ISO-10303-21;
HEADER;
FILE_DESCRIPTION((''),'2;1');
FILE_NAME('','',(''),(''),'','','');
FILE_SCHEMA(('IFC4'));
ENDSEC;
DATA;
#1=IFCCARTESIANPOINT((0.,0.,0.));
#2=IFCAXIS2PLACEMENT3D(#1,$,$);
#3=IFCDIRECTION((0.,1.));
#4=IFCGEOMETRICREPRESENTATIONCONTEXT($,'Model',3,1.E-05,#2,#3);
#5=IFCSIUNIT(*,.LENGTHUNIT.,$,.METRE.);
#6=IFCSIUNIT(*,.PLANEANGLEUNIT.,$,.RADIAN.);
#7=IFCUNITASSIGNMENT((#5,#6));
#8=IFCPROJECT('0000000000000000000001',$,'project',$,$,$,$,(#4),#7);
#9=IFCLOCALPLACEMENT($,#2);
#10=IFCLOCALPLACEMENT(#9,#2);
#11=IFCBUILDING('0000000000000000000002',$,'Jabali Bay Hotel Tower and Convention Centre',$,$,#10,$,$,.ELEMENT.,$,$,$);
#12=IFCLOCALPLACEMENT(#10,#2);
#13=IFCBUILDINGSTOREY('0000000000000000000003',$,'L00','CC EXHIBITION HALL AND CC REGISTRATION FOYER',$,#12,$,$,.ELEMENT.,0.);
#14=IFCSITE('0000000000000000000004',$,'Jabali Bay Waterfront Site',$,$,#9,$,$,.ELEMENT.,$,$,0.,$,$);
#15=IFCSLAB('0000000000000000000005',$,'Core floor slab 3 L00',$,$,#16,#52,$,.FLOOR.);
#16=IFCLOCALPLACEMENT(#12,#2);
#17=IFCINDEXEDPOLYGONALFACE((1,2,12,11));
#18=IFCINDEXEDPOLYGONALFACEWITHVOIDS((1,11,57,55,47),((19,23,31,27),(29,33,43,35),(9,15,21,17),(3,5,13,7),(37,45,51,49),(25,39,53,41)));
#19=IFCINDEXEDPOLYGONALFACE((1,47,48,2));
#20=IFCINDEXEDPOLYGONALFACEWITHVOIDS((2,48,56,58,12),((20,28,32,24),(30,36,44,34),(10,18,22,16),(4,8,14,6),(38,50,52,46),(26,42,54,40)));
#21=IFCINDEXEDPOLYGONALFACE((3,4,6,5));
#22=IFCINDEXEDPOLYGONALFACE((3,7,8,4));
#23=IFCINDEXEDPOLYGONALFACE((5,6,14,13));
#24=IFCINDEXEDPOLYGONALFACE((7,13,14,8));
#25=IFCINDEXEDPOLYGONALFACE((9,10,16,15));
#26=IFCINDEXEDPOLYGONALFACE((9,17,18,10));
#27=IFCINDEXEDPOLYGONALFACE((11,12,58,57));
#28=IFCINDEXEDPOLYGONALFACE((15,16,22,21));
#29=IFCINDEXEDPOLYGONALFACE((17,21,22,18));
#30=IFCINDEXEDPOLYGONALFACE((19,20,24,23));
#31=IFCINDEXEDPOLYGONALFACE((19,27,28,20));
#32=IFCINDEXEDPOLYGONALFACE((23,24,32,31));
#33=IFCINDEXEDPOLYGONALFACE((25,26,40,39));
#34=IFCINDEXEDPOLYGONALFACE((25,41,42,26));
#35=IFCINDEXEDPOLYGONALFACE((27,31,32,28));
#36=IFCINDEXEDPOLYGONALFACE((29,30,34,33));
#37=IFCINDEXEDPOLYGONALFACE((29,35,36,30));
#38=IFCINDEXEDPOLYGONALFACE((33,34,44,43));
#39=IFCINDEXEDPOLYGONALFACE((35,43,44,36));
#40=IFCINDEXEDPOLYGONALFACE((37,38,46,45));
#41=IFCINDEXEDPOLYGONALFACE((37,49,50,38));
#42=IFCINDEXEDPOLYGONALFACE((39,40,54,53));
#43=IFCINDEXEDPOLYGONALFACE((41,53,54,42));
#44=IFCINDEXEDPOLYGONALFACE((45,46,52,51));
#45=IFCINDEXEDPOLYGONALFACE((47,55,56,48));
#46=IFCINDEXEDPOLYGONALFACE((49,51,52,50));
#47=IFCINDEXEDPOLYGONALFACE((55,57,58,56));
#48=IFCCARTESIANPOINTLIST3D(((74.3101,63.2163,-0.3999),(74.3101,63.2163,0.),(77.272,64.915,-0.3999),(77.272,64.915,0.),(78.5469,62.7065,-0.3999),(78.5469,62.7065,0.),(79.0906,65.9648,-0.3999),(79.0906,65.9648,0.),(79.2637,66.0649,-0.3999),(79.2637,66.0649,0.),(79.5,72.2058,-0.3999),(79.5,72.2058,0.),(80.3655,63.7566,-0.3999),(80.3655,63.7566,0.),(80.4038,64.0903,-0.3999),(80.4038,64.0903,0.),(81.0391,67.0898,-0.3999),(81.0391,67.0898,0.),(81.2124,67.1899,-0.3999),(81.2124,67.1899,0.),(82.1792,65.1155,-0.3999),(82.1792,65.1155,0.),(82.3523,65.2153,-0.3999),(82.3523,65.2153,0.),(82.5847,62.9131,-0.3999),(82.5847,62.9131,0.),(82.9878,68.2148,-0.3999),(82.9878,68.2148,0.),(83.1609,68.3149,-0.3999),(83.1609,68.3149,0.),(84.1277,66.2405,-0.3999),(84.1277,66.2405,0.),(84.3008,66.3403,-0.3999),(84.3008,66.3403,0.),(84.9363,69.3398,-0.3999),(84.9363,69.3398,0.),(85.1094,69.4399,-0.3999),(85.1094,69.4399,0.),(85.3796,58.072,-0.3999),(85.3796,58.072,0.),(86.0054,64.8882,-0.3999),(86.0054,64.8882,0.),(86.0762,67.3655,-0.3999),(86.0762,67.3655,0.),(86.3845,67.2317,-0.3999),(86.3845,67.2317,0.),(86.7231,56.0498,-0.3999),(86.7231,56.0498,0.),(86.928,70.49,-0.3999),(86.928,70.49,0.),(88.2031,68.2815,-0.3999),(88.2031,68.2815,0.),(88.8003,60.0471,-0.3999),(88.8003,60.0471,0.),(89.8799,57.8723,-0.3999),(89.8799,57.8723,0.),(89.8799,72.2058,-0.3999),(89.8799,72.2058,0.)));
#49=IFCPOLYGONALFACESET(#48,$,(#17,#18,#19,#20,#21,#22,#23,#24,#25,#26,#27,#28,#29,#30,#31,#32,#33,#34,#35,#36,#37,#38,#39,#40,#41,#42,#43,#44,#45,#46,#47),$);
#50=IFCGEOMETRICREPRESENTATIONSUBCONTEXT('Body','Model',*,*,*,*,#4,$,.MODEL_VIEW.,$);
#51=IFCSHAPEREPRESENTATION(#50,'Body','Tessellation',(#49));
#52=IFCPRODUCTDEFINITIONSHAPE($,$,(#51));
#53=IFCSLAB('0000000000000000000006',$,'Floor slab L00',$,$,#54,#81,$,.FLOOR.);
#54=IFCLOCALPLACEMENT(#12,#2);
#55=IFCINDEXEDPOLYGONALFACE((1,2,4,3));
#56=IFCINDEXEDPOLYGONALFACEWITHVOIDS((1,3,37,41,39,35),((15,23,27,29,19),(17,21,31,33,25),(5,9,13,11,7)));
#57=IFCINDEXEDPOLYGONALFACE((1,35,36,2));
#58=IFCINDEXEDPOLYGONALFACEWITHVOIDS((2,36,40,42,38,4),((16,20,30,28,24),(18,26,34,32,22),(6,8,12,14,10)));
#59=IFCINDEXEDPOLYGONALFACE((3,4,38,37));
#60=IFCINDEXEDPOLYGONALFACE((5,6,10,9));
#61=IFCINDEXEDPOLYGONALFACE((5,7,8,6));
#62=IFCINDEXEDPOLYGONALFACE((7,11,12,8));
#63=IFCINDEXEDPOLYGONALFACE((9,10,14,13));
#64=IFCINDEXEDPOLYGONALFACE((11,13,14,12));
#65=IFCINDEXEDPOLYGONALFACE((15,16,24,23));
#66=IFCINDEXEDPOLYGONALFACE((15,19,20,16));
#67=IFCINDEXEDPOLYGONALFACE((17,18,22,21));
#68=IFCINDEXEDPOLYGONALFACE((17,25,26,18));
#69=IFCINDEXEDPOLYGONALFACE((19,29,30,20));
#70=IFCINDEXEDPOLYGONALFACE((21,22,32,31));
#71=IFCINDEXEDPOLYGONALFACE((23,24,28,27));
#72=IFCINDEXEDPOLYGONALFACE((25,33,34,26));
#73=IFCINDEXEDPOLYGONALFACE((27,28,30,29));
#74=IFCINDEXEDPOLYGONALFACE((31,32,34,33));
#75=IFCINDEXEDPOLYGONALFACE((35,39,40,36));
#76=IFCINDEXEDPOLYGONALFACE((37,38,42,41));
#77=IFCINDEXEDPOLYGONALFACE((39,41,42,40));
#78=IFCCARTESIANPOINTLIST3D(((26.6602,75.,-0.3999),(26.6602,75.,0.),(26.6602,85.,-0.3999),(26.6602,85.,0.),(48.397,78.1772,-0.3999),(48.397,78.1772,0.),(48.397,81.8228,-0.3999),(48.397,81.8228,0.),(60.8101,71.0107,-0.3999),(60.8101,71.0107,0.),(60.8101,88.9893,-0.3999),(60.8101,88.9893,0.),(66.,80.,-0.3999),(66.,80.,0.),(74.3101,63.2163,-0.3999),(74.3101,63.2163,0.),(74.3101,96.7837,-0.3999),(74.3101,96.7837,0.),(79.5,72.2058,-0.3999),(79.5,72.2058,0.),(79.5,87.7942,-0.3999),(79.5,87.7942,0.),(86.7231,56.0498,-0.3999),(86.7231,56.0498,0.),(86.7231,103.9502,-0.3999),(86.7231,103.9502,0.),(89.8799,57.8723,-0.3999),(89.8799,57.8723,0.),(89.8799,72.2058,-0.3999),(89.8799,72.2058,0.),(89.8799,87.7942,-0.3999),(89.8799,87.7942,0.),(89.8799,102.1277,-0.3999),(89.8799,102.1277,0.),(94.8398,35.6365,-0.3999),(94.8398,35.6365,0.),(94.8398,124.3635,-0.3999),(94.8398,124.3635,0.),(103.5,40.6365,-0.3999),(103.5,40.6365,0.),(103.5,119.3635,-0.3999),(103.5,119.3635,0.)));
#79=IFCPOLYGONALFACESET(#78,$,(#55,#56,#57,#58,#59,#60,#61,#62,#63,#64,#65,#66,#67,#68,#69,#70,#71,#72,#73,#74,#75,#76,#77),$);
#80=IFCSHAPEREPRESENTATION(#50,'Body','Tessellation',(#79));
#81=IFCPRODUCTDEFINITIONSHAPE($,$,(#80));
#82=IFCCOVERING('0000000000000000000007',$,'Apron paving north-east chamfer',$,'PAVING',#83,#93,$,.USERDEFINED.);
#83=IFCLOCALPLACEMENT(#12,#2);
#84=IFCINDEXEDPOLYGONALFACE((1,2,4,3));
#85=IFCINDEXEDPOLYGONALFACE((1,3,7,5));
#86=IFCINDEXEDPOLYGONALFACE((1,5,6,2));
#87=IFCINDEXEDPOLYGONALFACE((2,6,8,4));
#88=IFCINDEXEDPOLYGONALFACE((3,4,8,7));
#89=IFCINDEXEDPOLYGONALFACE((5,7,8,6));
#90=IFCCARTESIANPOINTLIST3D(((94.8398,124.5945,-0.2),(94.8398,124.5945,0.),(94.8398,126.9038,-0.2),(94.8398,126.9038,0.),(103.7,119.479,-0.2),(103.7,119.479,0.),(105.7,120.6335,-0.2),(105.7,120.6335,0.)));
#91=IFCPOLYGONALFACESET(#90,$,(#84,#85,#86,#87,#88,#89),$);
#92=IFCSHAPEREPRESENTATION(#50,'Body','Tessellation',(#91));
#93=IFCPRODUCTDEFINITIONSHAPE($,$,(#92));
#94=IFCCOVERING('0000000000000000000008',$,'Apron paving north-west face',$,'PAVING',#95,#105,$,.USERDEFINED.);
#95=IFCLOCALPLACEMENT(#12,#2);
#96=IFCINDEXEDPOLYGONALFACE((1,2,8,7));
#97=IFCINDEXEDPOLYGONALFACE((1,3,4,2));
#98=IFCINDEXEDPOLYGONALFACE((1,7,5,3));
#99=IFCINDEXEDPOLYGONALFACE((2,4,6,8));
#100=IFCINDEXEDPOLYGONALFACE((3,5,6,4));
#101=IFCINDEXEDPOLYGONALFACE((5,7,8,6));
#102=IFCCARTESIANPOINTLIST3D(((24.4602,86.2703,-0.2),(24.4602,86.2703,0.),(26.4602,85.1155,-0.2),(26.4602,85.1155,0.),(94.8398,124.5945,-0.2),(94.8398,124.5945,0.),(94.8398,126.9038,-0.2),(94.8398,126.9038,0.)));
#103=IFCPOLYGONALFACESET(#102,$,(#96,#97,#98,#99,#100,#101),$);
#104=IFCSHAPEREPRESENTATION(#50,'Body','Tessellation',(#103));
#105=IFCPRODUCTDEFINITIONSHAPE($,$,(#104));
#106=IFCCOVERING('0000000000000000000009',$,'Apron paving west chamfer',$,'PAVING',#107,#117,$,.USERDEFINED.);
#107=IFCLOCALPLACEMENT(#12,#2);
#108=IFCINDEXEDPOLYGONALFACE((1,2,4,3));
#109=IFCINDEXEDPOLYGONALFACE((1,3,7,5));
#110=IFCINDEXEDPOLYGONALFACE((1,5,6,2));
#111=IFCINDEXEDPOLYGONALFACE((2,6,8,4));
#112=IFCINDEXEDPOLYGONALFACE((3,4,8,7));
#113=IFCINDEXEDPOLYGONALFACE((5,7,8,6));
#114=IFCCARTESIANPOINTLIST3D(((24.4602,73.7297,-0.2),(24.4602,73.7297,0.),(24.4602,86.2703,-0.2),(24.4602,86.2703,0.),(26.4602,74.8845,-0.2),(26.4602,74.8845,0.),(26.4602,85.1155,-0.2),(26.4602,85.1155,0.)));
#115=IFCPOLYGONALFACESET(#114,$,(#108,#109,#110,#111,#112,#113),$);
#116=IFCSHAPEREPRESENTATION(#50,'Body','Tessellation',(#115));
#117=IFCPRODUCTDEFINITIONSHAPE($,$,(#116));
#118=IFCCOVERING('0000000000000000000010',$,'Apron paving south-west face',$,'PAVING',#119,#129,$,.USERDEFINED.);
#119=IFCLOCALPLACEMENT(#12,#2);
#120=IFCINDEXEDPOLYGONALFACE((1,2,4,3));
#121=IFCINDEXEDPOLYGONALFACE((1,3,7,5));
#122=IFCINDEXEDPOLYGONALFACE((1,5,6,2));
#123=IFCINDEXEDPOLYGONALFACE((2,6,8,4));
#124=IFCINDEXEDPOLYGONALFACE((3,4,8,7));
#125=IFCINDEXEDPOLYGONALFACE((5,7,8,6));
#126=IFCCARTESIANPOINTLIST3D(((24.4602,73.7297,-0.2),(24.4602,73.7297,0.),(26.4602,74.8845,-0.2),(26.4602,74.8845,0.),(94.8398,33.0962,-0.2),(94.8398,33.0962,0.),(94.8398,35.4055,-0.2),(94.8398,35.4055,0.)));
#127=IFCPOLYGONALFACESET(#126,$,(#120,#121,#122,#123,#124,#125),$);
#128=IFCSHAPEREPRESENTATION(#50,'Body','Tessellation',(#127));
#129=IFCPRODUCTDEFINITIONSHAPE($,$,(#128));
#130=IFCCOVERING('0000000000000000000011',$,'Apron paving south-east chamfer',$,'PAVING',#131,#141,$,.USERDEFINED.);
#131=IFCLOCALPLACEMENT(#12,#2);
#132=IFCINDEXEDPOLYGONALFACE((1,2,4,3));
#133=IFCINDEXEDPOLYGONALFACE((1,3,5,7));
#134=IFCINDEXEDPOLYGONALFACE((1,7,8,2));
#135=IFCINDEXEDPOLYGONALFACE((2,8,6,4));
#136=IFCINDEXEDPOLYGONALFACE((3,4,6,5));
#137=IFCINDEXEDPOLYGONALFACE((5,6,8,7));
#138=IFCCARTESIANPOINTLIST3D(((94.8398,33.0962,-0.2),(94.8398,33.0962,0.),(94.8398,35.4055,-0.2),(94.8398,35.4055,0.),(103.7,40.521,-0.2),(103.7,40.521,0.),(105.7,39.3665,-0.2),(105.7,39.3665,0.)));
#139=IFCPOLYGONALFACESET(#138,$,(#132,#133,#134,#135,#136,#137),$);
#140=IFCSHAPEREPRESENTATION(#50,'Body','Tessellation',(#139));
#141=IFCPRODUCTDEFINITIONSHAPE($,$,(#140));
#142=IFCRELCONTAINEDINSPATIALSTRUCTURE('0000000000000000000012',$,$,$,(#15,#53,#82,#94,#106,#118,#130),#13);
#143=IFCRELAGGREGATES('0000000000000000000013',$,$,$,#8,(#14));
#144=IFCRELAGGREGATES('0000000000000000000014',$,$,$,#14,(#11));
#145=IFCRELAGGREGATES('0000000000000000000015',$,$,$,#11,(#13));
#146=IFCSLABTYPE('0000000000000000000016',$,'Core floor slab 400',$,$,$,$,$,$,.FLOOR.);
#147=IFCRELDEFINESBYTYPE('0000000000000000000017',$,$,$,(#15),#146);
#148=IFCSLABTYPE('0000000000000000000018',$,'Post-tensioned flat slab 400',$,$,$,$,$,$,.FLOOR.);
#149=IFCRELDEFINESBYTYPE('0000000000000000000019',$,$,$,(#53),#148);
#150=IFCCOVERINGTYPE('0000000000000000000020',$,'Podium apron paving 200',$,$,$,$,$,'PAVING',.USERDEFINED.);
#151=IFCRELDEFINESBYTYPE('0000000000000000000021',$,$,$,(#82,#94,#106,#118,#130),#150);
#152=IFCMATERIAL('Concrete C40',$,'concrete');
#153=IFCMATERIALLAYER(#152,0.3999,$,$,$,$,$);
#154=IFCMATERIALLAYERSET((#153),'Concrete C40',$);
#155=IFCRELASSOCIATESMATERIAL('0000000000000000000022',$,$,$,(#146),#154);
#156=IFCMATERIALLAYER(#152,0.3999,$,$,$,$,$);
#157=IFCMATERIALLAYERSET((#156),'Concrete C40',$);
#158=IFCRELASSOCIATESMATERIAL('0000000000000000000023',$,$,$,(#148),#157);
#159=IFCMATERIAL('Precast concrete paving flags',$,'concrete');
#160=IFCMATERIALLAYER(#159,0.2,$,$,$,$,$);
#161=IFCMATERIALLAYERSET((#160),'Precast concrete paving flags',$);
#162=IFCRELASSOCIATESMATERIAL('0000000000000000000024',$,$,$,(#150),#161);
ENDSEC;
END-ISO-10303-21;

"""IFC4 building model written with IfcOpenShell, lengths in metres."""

from ifc_helpers import new_model, si_unit, direction, frame, origin, place, context, subcontext, project, spatial, polyline, outline, extrude, material, layer, layer_set, type_object, element, save


model = new_model("IFC4")

# Units and contexts
model_context = context("Model", 3, precision=1e-05, world=origin(), true_north=direction((0.0, 1.0)))
body_context = subcontext(model_context, "Body", "Model", "MODEL_VIEW")
ifc_project = project(units=[si_unit("LENGTHUNIT", "METRE"), si_unit("PLANEANGLEUNIT", "RADIAN")], contexts=[model_context])

# Site, building, storey
site_placement = place(None, origin())
site = spatial("IfcSite", under=ifc_project, at=site_placement, Name="Jabali Bay Waterfront Site", CompositionType="ELEMENT", RefElevation=0.0)
building_placement = place(site_placement, origin())
building = spatial("IfcBuilding", under=site, at=building_placement, Name="Jabali Bay Hotel Tower and Convention Centre", CompositionType="ELEMENT")
storey_placement = place(building_placement, origin())
storey = spatial("IfcBuildingStorey", under=building, at=storey_placement, Name="L00", Description="CC EXHIBITION HALL AND CC REGISTRATION FOYER", CompositionType="ELEMENT", Elevation=0.0)

# Slabs
ifc_material_1 = material(Name="Concrete C40", Category="concrete")
ifc_layer_1 = layer(ifc_material_1, 0.3999)
ifc_layer_set_1 = layer_set([ifc_layer_1], Name="Concrete C40")
slab_type_1 = type_object("IfcSlabType", Name="Core floor slab 400", PredefinedType="FLOOR", material=ifc_layer_set_1)
slab_1_placement = place(storey_placement, frame((0.0, 0.0, -0.3999)))
element("IfcSlab", 1, at=slab_1_placement, inside=storey, type_object=slab_type_1, Name="Core floor slab 3 L00", PredefinedType="FLOOR", context=body_context, shape_type="SweptSolid", body=[
    extrude(outline(polyline([(79.5, 72.2058), (74.3101, 63.2163), (86.7231, 56.0498), (89.8799, 57.8723), (89.8799, 72.2058), (79.5, 72.2058)]), holes=[polyline([(82.5847, 62.9131), (85.3796, 58.072), (88.8003, 60.0471), (86.0054, 64.8882), (82.5847, 62.9131)]), polyline([(80.3655, 63.7566), (79.0906, 65.9648), (77.272, 64.915), (78.5469, 62.7065), (80.3655, 63.7566)]), polyline([(82.1792, 65.1155), (81.0391, 67.0898), (79.2637, 66.0649), (80.4038, 64.0903), (82.1792, 65.1155)]), polyline([(82.9878, 68.2148), (81.2124, 67.1899), (82.3523, 65.2153), (84.1277, 66.2405), (82.9878, 68.2148)]), polyline([(86.0762, 67.3655), (84.9363, 69.3398), (83.1609, 68.3149), (84.3008, 66.3403), (86.0762, 67.3655)]), polyline([(88.2031, 68.2815), (86.928, 70.49), (85.1094, 69.4399), (86.3845, 67.2317), (88.2031, 68.2815)])]), origin(), (0.0, 0.0, 1.0), 0.3999),
])
ifc_layer_2 = layer(ifc_material_1, 0.3999)
ifc_layer_set_2 = layer_set([ifc_layer_2], Name="Concrete C40")
slab_type_2 = type_object("IfcSlabType", Name="Post-tensioned flat slab 400", PredefinedType="FLOOR", material=ifc_layer_set_2)
slab_2_placement = place(storey_placement, frame((0.0, 0.0, -0.3999)))
element("IfcSlab", 2, at=slab_2_placement, inside=storey, type_object=slab_type_2, Name="Floor slab L00", PredefinedType="FLOOR", context=body_context, shape_type="SweptSolid", body=[
    extrude(outline(polyline([(26.6602, 85.0), (94.8398, 124.3635), (103.5, 119.3635), (103.5, 40.6365), (94.8398, 35.6365), (26.6602, 75.0), (26.6602, 85.0)]), holes=[polyline([(48.397, 78.1772), (60.8101, 71.0107), (66.0, 80.0), (60.8101, 88.9893), (48.397, 81.8228), (48.397, 78.1772)]), polyline([(89.8799, 102.1277), (86.7231, 103.9502), (74.3101, 96.7837), (79.5, 87.7942), (89.8799, 87.7942), (89.8799, 102.1277)]), polyline([(74.3101, 63.2163), (86.7231, 56.0498), (89.8799, 57.8723), (89.8799, 72.2058), (79.5, 72.2058), (74.3101, 63.2163)])]), origin(), (0.0, 0.0, 1.0), 0.3999),
])

# Coverings
ifc_material_2 = material(Name="Precast concrete paving flags", Category="concrete")
ifc_layer_3 = layer(ifc_material_2, 0.2)
ifc_layer_set_3 = layer_set([ifc_layer_3], Name="Precast concrete paving flags")
covering_type_1 = type_object("IfcCoveringType", Name="Podium apron paving 200", ElementType="PAVING", PredefinedType="USERDEFINED", material=ifc_layer_set_3)
covering_1_placement = place(storey_placement, frame((0.0, 0.0, -0.2)))
element("IfcCovering", 3, at=covering_1_placement, inside=storey, type_object=covering_type_1, Name="Apron paving north-east chamfer", ObjectType="PAVING", PredefinedType="USERDEFINED", context=body_context, shape_type="SweptSolid", body=[
    extrude(outline(polyline([(103.7, 119.479), (94.8398, 124.5945), (94.8398, 126.9038), (105.7, 120.6335), (103.7, 119.479)])), origin(), (0.0, 0.0, 1.0), 0.2),
])
covering_2_placement = place(storey_placement, frame((0.0, 0.0, -0.2)))
element("IfcCovering", 4, at=covering_2_placement, inside=storey, type_object=covering_type_1, Name="Apron paving north-west face", ObjectType="PAVING", PredefinedType="USERDEFINED", context=body_context, shape_type="SweptSolid", body=[
    extrude(outline(polyline([(94.8398, 124.5945), (26.4602, 85.1155), (24.4602, 86.2703), (94.8398, 126.9038), (94.8398, 124.5945)])), origin(), (0.0, 0.0, 1.0), 0.2),
])
covering_3_placement = place(storey_placement, frame((0.0, 0.0, -0.2)))
element("IfcCovering", 5, at=covering_3_placement, inside=storey, type_object=covering_type_1, Name="Apron paving west chamfer", ObjectType="PAVING", PredefinedType="USERDEFINED", context=body_context, shape_type="SweptSolid", body=[
    extrude(outline(polyline([(26.4602, 85.1155), (26.4602, 74.8845), (24.4602, 73.7297), (24.4602, 86.2703), (26.4602, 85.1155)])), origin(), (0.0, 0.0, 1.0), 0.2),
])
covering_4_placement = place(storey_placement, frame((0.0, 0.0, -0.2)))
element("IfcCovering", 6, at=covering_4_placement, inside=storey, type_object=covering_type_1, Name="Apron paving south-west face", ObjectType="PAVING", PredefinedType="USERDEFINED", context=body_context, shape_type="SweptSolid", body=[
    extrude(outline(polyline([(26.4602, 74.8845), (94.8398, 35.4055), (94.8398, 33.0962), (24.4602, 73.7297), (26.4602, 74.8845)])), origin(), (0.0, 0.0, 1.0), 0.2),
])
covering_5_placement = place(storey_placement, frame((0.0, 0.0, -0.2)))
element("IfcCovering", 7, at=covering_5_placement, inside=storey, type_object=covering_type_1, Name="Apron paving south-east chamfer", ObjectType="PAVING", PredefinedType="USERDEFINED", context=body_context, shape_type="SweptSolid", body=[
    extrude(outline(polyline([(94.8398, 35.4055), (103.7, 40.521), (105.7, 39.3665), (94.8398, 33.0962), (94.8398, 35.4055)])), origin(), (0.0, 0.0, 1.0), 0.2),
])

save(model, "model.ifc")
